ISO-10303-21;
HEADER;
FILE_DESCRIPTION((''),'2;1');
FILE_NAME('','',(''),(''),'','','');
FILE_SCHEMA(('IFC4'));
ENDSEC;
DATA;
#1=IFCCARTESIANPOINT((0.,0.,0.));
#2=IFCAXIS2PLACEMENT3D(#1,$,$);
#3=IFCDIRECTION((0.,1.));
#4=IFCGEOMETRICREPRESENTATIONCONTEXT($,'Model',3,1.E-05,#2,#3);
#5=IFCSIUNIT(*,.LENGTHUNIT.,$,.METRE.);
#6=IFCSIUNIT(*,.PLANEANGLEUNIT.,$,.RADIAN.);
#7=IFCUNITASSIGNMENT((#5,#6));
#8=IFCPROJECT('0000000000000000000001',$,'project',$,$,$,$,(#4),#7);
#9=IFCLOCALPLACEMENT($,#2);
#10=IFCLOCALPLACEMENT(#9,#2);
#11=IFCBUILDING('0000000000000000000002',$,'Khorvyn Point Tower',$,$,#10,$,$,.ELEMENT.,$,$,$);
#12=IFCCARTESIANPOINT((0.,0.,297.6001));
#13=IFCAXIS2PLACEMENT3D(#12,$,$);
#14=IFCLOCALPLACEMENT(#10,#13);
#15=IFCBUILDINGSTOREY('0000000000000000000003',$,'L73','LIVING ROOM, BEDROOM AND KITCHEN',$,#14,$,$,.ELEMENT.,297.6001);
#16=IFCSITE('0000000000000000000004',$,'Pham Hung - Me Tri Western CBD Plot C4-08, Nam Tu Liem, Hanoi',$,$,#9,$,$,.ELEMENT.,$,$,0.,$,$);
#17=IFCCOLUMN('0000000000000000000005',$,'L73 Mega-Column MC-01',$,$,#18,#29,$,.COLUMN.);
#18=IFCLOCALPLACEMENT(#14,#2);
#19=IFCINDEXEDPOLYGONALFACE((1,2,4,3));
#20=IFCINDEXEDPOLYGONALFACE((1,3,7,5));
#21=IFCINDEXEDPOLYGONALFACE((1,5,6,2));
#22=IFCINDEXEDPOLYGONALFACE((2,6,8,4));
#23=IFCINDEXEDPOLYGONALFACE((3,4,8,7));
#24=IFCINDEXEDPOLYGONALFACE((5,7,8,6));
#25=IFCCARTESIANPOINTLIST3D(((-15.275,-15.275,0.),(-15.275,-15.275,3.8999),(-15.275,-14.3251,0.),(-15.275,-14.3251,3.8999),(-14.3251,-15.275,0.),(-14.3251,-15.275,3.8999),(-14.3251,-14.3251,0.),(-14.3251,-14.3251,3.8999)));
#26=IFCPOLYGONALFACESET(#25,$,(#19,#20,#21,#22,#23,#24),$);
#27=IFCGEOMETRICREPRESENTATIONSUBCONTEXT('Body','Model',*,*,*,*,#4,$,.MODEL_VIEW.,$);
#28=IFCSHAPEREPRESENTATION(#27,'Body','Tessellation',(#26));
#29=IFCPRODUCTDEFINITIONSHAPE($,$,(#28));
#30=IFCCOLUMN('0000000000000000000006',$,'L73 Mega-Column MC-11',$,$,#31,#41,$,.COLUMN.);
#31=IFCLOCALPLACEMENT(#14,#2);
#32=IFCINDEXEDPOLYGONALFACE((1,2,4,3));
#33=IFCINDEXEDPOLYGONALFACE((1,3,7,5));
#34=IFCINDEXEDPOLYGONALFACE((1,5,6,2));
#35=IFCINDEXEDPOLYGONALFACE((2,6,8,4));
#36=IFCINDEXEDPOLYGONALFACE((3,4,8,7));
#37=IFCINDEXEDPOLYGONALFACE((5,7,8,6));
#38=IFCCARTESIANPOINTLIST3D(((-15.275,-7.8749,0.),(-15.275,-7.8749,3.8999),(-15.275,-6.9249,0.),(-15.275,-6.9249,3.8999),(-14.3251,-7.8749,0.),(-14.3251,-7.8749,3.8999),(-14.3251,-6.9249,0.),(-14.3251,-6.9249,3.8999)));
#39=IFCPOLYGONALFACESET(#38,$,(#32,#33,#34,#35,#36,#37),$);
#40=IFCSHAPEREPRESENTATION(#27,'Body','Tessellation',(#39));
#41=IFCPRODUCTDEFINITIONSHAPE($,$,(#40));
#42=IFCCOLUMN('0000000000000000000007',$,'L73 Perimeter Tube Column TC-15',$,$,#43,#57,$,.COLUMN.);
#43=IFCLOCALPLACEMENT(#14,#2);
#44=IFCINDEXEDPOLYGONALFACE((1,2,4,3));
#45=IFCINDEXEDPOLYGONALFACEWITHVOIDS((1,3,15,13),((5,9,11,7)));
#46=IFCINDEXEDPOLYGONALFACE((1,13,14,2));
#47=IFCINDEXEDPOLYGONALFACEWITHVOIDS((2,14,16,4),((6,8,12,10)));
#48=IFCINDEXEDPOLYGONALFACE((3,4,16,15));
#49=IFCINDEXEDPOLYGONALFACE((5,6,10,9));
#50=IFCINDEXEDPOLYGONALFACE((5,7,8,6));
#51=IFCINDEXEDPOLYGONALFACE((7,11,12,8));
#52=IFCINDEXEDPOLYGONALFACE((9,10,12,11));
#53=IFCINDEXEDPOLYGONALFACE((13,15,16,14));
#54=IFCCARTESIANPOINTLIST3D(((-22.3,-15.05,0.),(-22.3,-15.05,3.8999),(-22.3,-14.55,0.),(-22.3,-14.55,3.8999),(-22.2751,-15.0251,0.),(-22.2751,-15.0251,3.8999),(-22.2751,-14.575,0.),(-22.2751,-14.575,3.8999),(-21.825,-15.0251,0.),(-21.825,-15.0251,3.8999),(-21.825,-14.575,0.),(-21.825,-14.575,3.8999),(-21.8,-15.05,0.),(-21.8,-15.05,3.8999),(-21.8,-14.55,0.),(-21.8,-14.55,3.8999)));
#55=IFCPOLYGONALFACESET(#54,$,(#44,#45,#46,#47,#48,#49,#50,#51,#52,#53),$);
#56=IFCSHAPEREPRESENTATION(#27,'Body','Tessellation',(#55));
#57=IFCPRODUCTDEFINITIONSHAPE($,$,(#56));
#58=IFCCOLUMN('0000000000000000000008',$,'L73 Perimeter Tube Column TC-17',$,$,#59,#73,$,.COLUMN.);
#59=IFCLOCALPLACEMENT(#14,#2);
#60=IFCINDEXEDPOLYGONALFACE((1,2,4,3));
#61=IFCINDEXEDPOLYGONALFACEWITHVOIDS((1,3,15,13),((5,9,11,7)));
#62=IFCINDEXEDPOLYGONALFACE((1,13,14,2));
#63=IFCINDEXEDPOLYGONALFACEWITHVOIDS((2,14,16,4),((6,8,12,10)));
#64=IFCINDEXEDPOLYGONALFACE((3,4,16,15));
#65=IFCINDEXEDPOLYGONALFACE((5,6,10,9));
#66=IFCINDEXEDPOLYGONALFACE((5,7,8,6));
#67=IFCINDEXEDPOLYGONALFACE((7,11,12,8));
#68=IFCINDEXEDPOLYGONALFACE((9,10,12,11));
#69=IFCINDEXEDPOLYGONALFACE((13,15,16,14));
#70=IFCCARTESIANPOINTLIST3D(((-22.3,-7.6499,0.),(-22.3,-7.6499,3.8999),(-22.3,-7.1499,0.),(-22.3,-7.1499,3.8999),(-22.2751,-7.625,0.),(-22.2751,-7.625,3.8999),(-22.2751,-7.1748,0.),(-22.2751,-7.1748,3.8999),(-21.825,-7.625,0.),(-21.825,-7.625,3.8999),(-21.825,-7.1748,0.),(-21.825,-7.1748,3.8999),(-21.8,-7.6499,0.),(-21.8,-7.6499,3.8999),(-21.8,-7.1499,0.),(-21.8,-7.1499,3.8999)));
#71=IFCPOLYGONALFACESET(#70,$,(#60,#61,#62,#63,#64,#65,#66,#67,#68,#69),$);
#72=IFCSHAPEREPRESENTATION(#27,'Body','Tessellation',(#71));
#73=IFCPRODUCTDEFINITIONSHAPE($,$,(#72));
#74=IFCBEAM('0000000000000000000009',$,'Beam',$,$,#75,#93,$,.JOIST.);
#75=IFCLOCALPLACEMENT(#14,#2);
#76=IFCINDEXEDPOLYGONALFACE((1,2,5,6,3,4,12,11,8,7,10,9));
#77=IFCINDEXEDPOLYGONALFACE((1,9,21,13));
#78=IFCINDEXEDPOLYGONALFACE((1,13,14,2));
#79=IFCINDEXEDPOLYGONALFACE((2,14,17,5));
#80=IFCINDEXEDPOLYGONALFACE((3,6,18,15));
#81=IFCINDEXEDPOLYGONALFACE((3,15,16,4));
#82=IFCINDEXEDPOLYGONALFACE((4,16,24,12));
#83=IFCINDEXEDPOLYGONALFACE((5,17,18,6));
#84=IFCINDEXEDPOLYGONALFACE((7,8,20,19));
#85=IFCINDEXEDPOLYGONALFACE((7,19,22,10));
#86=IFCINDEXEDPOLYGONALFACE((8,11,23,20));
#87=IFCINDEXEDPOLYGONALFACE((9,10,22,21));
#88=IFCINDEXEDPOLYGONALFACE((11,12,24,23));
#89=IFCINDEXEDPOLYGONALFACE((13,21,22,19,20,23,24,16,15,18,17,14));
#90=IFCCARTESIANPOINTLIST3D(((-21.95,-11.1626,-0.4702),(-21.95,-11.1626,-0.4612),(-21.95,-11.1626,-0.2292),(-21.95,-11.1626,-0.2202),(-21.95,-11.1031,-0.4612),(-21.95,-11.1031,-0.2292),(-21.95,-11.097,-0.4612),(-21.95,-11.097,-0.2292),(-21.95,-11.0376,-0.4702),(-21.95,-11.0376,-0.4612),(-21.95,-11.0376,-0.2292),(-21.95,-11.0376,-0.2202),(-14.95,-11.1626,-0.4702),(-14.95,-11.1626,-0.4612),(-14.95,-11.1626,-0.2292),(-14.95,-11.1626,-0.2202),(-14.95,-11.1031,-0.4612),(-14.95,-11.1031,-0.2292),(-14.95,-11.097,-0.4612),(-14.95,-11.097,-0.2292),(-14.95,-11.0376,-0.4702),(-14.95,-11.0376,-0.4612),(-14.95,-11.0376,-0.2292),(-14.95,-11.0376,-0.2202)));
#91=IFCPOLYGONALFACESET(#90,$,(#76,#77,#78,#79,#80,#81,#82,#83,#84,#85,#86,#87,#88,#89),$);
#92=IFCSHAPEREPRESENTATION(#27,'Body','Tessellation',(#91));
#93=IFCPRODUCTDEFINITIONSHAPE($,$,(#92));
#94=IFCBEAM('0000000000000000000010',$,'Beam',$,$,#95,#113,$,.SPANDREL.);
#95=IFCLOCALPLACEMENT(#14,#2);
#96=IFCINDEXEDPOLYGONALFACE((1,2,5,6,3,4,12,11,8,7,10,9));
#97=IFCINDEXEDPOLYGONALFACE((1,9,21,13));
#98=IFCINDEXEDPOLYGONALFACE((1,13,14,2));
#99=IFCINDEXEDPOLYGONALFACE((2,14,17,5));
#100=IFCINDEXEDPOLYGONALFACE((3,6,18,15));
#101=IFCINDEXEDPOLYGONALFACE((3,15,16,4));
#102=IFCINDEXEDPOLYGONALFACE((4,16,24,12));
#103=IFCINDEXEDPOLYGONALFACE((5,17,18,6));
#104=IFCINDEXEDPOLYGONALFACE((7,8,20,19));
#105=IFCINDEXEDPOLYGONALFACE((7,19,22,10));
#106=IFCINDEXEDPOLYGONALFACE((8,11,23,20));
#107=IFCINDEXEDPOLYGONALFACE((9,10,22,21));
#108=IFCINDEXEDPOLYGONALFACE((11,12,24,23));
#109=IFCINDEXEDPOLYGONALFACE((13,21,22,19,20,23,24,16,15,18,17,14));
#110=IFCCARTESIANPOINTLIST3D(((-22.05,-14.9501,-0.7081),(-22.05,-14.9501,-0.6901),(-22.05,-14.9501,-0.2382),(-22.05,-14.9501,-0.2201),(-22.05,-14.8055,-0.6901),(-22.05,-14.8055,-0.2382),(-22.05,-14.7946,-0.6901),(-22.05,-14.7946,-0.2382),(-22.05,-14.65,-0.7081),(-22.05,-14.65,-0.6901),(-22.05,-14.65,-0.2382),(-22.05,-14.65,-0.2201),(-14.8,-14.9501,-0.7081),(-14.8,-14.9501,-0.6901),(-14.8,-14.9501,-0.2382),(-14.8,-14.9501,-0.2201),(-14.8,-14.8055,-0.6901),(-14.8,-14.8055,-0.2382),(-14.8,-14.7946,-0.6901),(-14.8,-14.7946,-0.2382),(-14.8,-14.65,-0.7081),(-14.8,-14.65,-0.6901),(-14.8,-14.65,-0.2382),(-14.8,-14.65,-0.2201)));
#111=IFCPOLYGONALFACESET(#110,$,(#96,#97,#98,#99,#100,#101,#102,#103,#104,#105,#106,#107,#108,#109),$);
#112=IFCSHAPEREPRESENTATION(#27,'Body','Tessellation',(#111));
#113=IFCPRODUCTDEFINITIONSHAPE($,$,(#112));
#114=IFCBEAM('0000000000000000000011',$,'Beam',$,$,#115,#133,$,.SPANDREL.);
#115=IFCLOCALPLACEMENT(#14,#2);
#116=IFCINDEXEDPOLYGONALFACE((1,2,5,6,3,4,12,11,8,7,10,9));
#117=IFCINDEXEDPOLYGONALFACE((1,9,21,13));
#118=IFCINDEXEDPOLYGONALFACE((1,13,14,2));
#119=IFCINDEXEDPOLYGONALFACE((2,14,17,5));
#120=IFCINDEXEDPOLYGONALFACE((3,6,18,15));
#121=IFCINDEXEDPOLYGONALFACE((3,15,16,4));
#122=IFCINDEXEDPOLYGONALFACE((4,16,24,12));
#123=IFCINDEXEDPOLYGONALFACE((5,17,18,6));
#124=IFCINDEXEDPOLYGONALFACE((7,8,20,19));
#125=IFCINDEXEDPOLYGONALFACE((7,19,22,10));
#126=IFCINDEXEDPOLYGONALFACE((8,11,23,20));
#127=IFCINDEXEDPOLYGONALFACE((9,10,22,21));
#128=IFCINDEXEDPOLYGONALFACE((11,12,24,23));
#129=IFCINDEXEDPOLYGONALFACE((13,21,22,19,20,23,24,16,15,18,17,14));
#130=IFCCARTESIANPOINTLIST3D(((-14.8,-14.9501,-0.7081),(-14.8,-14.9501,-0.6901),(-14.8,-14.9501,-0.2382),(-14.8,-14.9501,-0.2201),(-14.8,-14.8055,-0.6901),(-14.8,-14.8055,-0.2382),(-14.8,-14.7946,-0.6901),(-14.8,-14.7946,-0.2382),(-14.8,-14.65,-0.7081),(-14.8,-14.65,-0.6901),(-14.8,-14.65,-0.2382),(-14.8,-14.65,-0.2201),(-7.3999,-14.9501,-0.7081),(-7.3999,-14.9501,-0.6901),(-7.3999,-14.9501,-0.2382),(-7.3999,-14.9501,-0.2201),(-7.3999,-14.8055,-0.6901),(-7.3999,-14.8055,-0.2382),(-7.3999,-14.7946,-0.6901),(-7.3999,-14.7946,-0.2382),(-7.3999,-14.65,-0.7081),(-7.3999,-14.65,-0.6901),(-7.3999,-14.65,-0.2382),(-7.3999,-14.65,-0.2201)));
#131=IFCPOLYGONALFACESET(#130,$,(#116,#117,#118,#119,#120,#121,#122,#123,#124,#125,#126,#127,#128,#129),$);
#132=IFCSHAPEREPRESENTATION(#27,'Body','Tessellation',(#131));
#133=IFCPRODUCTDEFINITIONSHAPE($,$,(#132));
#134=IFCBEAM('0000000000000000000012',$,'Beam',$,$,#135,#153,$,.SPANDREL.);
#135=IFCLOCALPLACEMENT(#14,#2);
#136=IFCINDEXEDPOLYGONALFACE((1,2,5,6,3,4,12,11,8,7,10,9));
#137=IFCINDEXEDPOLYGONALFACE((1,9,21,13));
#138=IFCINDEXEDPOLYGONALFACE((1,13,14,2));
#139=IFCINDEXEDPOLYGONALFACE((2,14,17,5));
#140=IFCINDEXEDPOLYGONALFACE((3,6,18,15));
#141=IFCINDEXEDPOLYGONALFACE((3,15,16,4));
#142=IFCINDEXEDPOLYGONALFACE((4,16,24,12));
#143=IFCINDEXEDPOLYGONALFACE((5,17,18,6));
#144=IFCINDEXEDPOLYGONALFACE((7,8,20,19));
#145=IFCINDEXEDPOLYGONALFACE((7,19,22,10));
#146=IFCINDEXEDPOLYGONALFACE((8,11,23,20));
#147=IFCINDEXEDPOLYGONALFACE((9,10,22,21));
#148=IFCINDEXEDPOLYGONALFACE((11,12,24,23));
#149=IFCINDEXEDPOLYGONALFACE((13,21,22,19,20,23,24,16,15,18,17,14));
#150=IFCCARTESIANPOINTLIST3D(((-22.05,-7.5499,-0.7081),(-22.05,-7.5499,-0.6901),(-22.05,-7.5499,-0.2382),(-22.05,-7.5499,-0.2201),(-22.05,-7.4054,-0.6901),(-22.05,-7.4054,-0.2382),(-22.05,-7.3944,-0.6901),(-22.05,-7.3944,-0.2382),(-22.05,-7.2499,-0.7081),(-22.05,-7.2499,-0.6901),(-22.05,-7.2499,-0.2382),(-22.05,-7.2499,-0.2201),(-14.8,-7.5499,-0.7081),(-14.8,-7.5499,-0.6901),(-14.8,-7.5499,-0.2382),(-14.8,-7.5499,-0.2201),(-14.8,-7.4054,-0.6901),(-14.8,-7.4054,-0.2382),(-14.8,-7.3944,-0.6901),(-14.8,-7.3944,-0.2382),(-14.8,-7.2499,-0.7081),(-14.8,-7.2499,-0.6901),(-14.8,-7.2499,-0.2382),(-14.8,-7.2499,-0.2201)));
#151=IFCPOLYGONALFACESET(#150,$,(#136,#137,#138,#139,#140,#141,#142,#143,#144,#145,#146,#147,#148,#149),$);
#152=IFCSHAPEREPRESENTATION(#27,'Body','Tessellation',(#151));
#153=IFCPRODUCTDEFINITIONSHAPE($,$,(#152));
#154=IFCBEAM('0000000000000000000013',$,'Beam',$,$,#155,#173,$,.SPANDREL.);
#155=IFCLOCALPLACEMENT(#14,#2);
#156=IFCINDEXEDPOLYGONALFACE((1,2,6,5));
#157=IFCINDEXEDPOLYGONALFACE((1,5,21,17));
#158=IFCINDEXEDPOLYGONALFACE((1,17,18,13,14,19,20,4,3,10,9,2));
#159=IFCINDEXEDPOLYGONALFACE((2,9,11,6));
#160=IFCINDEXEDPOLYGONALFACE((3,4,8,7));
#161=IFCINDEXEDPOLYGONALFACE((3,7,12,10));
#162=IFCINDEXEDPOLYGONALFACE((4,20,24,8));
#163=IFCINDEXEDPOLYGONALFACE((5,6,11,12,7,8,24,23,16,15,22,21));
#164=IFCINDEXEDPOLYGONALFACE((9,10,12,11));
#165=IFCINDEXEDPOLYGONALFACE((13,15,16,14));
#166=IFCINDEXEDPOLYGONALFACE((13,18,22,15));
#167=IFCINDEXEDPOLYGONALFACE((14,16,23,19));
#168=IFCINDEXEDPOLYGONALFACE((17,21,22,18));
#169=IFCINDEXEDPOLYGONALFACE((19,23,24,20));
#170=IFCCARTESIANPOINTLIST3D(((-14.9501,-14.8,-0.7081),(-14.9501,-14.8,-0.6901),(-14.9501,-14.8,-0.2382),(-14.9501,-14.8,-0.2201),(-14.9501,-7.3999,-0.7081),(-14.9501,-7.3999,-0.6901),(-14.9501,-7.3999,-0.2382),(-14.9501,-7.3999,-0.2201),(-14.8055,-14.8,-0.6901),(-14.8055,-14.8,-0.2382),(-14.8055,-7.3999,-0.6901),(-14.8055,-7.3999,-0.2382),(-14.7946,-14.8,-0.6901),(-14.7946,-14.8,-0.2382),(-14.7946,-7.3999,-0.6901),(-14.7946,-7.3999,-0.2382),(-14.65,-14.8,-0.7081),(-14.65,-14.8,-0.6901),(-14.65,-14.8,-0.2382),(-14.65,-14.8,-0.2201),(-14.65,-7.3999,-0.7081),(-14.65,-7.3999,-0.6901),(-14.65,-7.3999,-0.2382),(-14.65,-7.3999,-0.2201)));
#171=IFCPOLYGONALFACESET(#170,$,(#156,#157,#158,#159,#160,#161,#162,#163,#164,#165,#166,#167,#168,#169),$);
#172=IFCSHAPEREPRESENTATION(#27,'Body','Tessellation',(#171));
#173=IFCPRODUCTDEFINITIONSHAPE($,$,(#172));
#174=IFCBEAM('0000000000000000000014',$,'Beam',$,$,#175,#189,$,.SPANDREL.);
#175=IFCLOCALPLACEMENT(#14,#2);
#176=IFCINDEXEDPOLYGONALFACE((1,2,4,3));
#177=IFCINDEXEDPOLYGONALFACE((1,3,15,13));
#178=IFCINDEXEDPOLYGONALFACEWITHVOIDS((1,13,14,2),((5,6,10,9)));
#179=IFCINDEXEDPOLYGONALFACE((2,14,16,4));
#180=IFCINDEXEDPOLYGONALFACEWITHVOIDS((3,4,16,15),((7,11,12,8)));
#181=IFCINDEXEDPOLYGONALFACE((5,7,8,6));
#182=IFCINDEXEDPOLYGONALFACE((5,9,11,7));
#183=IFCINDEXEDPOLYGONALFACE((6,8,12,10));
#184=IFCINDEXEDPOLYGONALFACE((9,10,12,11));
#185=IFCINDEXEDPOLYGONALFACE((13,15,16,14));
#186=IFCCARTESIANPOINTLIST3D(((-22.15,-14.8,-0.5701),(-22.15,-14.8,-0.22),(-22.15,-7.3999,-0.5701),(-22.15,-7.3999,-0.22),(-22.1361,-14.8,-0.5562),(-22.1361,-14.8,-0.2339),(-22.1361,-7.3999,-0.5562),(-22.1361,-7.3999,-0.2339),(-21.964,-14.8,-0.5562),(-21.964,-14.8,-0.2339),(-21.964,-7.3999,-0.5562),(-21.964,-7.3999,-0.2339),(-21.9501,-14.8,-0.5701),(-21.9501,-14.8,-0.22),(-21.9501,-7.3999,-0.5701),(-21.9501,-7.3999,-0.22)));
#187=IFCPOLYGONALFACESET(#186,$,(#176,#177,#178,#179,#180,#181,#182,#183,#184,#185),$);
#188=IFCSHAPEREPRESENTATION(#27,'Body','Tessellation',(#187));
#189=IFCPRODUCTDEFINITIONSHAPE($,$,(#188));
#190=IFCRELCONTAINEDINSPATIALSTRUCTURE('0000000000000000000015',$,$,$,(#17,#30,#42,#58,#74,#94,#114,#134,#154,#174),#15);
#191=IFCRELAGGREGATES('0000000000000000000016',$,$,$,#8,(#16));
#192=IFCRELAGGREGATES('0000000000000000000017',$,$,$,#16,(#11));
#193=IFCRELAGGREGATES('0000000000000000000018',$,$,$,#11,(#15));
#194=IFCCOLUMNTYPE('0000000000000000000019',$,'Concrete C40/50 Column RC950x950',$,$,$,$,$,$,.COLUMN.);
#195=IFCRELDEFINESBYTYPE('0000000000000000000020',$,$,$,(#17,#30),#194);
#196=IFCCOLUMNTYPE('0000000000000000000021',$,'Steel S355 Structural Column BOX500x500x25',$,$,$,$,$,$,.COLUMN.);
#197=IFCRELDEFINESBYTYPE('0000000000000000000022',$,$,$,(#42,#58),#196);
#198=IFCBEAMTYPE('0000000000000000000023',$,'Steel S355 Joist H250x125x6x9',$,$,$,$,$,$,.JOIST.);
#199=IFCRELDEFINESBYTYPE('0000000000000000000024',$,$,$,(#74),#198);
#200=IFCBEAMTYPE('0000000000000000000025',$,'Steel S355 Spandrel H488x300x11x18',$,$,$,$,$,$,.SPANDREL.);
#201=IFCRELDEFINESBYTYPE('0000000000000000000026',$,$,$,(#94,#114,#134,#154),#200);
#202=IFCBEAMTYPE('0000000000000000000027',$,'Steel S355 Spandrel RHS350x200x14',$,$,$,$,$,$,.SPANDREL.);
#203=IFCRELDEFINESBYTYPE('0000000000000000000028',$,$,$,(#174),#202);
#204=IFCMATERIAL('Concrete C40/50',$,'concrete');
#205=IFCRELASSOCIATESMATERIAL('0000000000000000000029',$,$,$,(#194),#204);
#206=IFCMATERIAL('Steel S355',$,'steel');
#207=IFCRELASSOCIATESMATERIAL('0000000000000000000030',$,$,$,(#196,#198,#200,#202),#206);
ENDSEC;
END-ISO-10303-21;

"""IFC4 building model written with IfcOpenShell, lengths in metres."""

from ifc_helpers import new_model, si_unit, direction, frame, origin, origin_2d, place, context, subcontext, project, spatial, rectangle, hollow_rectangle, i_section, extrude, material, material_profile, profile_set, type_object, element, save


model = new_model("IFC4")

# Units and contexts
model_context = context("Model", 3, precision=1e-05, world=origin(), true_north=direction((0.0, 1.0)))
body_context = subcontext(model_context, "Body", "Model", "MODEL_VIEW")
ifc_project = project(units=[si_unit("LENGTHUNIT", "METRE"), si_unit("PLANEANGLEUNIT", "RADIAN")], contexts=[model_context])

# Site, building, storey
site_placement = place(None, origin())
site = spatial("IfcSite", under=ifc_project, at=site_placement, Name="Pham Hung - Me Tri Western CBD Plot C4-08, Nam Tu Liem, Hanoi", CompositionType="ELEMENT", RefElevation=0.0)
building_placement = place(site_placement, origin())
building = spatial("IfcBuilding", under=site, at=building_placement, Name="Khorvyn Point Tower", CompositionType="ELEMENT")
storey_placement = place(building_placement, frame((0.0, 0.0, 297.6001)))
storey = spatial("IfcBuildingStorey", under=building, at=storey_placement, Name="L73", Description="LIVING ROOM, BEDROOM AND KITCHEN", CompositionType="ELEMENT", Elevation=297.6001)

# Columns
ifc_material_1 = material(Name="Concrete C40/50", Category="concrete")
ifc_material_profile_1 = material_profile(ifc_material_1, rectangle(XDim=0.95, YDim=0.95, at=origin_2d()))
ifc_profile_set_1 = profile_set([ifc_material_profile_1], Name="Concrete C40/50 RC950x950")
column_type_1 = type_object("IfcColumnType", Name="Concrete C40/50 Column RC950x950", PredefinedType="COLUMN", material=ifc_profile_set_1)
for number, where, z_axis, x_axis, name in (
    (1, (-14.8, -14.8, 0.0), (0.0, 0.0, 1.0), (1.0, 0.0, 0.0), "L73 Mega-Column MC-01"),
    (2, (-14.8, -7.3999, 0.0), (0.0, 0.0, 1.0), (1.0, 0.0, 0.0), "L73 Mega-Column MC-11"),
):
    element("IfcColumn", number, at=place(storey_placement, frame(where, z_axis=z_axis, x_axis=x_axis)), inside=storey, type_object=column_type_1, Name=name, PredefinedType="COLUMN", context=body_context, shape_type="SweptSolid", body=[
        extrude(rectangle(XDim=0.95, YDim=0.95, at=origin_2d()), origin(), (0.0, 0.0, 1.0), 3.8999),
    ])
ifc_material_2 = material(Name="Steel S355", Category="steel")
ifc_material_profile_2 = material_profile(ifc_material_2, hollow_rectangle(XDim=0.5, YDim=0.5, WallThickness=0.0249, at=origin_2d()))
ifc_profile_set_2 = profile_set([ifc_material_profile_2], Name="Steel S355 BOX500x500x25")
column_type_2 = type_object("IfcColumnType", Name="Steel S355 Structural Column BOX500x500x25", PredefinedType="COLUMN", material=ifc_profile_set_2)
for number, where, z_axis, x_axis, name in (
    (3, (-22.05, -14.8, 0.0), (0.0, 0.0, 1.0), (1.0, 0.0, 0.0), "L73 Perimeter Tube Column TC-15"),
    (4, (-22.05, -7.3999, 0.0), (0.0, 0.0, 1.0), (1.0, 0.0, 0.0), "L73 Perimeter Tube Column TC-17"),
):
    element("IfcColumn", number, at=place(storey_placement, frame(where, z_axis=z_axis, x_axis=x_axis)), inside=storey, type_object=column_type_2, Name=name, PredefinedType="COLUMN", context=body_context, shape_type="SweptSolid", body=[
        extrude(hollow_rectangle(XDim=0.5, YDim=0.5, WallThickness=0.0249, at=origin_2d()), origin(), (0.0, 0.0, 1.0), 3.8999),
    ])

# Beams
ifc_material_profile_3 = material_profile(ifc_material_2, i_section(OverallWidth=0.125, OverallDepth=0.25, WebThickness=0.0061, FlangeThickness=0.009, at=origin_2d()))
ifc_profile_set_3 = profile_set([ifc_material_profile_3], Name="Steel S355 H250x125x6x9")
beam_type_1 = type_object("IfcBeamType", Name="Steel S355 Joist H250x125x6x9", PredefinedType="JOIST", material=ifc_profile_set_3)
beam_1_placement = place(storey_placement, frame((-21.95, -11.1001, -0.3452), z_axis=(1.0, 0.0, 0.0), x_axis=(0.0, 1.0, 0.0)))
element("IfcBeam", 5, at=beam_1_placement, inside=storey, type_object=beam_type_1, Name="Beam", PredefinedType="JOIST", context=body_context, shape_type="SweptSolid", body=[
    extrude(i_section(OverallWidth=0.125, OverallDepth=0.25, WebThickness=0.0061, FlangeThickness=0.009, at=origin_2d()), origin(), (0.0, 0.0, 1.0), 7.0),
])
ifc_material_profile_4 = material_profile(ifc_material_2, i_section(OverallWidth=0.3, OverallDepth=0.488, WebThickness=0.011, FlangeThickness=0.0181, at=origin_2d()))
ifc_profile_set_4 = profile_set([ifc_material_profile_4], Name="Steel S355 H488x300x11x18")
beam_type_2 = type_object("IfcBeamType", Name="Steel S355 Spandrel H488x300x11x18", PredefinedType="SPANDREL", material=ifc_profile_set_4)
beam_2_placement = place(storey_placement, frame((-22.05, -14.8, -0.4641), z_axis=(1.0, 0.0, 0.0), x_axis=(0.0, 1.0, 0.0)))
element("IfcBeam", 6, at=beam_2_placement, inside=storey, type_object=beam_type_2, Name="Beam", PredefinedType="SPANDREL", context=body_context, shape_type="SweptSolid", body=[
    extrude(i_section(OverallWidth=0.3, OverallDepth=0.488, WebThickness=0.011, FlangeThickness=0.0181, at=origin_2d()), origin(), (0.0, 0.0, 1.0), 7.25),
])
beam_3_placement = place(storey_placement, frame((-14.8, -14.8, -0.4641), z_axis=(1.0, 0.0, 0.0), x_axis=(0.0, 1.0, 0.0)))
element("IfcBeam", 7, at=beam_3_placement, inside=storey, type_object=beam_type_2, Name="Beam", PredefinedType="SPANDREL", context=body_context, shape_type="SweptSolid", body=[
    extrude(i_section(OverallWidth=0.3, OverallDepth=0.488, WebThickness=0.011, FlangeThickness=0.0181, at=origin_2d()), origin(), (0.0, 0.0, 1.0), 7.4001),
])
beam_4_placement = place(storey_placement, frame((-22.05, -7.3999, -0.4641), z_axis=(1.0, 0.0, 0.0), x_axis=(0.0, 1.0, 0.0)))
element("IfcBeam", 8, at=beam_4_placement, inside=storey, type_object=beam_type_2, Name="Beam", PredefinedType="SPANDREL", context=body_context, shape_type="SweptSolid", body=[
    extrude(i_section(OverallWidth=0.3, OverallDepth=0.488, WebThickness=0.011, FlangeThickness=0.0181, at=origin_2d()), origin(), (0.0, 0.0, 1.0), 7.25),
])
beam_5_placement = place(storey_placement, frame((-14.8, -14.8, -0.4641), z_axis=(0.0, 1.0, 0.0), x_axis=(-1.0, 0.0, 0.0)))
element("IfcBeam", 9, at=beam_5_placement, inside=storey, type_object=beam_type_2, Name="Beam", PredefinedType="SPANDREL", context=body_context, shape_type="SweptSolid", body=[
    extrude(i_section(OverallWidth=0.3, OverallDepth=0.488, WebThickness=0.011, FlangeThickness=0.0181, at=origin_2d()), origin(), (0.0, 0.0, 1.0), 7.4001),
])
ifc_material_profile_5 = material_profile(ifc_material_2, hollow_rectangle(XDim=0.2, YDim=0.3501, WallThickness=0.0139, at=origin_2d()))
ifc_profile_set_5 = profile_set([ifc_material_profile_5], Name="Steel S355 RHS350x200x14")
beam_type_3 = type_object("IfcBeamType", Name="Steel S355 Spandrel RHS350x200x14", PredefinedType="SPANDREL", material=ifc_profile_set_5)
beam_6_placement = place(storey_placement, frame((-22.05, -14.8, -0.395), z_axis=(0.0, 1.0, 0.0), x_axis=(-1.0, 0.0, 0.0)))
element("IfcBeam", 10, at=beam_6_placement, inside=storey, type_object=beam_type_3, Name="Beam", PredefinedType="SPANDREL", context=body_context, shape_type="SweptSolid", body=[
    extrude(hollow_rectangle(XDim=0.2, YDim=0.3501, WallThickness=0.0139, at=origin_2d()), origin(), (0.0, 0.0, 1.0), 7.4001),
])

save(model, "model.ifc")
